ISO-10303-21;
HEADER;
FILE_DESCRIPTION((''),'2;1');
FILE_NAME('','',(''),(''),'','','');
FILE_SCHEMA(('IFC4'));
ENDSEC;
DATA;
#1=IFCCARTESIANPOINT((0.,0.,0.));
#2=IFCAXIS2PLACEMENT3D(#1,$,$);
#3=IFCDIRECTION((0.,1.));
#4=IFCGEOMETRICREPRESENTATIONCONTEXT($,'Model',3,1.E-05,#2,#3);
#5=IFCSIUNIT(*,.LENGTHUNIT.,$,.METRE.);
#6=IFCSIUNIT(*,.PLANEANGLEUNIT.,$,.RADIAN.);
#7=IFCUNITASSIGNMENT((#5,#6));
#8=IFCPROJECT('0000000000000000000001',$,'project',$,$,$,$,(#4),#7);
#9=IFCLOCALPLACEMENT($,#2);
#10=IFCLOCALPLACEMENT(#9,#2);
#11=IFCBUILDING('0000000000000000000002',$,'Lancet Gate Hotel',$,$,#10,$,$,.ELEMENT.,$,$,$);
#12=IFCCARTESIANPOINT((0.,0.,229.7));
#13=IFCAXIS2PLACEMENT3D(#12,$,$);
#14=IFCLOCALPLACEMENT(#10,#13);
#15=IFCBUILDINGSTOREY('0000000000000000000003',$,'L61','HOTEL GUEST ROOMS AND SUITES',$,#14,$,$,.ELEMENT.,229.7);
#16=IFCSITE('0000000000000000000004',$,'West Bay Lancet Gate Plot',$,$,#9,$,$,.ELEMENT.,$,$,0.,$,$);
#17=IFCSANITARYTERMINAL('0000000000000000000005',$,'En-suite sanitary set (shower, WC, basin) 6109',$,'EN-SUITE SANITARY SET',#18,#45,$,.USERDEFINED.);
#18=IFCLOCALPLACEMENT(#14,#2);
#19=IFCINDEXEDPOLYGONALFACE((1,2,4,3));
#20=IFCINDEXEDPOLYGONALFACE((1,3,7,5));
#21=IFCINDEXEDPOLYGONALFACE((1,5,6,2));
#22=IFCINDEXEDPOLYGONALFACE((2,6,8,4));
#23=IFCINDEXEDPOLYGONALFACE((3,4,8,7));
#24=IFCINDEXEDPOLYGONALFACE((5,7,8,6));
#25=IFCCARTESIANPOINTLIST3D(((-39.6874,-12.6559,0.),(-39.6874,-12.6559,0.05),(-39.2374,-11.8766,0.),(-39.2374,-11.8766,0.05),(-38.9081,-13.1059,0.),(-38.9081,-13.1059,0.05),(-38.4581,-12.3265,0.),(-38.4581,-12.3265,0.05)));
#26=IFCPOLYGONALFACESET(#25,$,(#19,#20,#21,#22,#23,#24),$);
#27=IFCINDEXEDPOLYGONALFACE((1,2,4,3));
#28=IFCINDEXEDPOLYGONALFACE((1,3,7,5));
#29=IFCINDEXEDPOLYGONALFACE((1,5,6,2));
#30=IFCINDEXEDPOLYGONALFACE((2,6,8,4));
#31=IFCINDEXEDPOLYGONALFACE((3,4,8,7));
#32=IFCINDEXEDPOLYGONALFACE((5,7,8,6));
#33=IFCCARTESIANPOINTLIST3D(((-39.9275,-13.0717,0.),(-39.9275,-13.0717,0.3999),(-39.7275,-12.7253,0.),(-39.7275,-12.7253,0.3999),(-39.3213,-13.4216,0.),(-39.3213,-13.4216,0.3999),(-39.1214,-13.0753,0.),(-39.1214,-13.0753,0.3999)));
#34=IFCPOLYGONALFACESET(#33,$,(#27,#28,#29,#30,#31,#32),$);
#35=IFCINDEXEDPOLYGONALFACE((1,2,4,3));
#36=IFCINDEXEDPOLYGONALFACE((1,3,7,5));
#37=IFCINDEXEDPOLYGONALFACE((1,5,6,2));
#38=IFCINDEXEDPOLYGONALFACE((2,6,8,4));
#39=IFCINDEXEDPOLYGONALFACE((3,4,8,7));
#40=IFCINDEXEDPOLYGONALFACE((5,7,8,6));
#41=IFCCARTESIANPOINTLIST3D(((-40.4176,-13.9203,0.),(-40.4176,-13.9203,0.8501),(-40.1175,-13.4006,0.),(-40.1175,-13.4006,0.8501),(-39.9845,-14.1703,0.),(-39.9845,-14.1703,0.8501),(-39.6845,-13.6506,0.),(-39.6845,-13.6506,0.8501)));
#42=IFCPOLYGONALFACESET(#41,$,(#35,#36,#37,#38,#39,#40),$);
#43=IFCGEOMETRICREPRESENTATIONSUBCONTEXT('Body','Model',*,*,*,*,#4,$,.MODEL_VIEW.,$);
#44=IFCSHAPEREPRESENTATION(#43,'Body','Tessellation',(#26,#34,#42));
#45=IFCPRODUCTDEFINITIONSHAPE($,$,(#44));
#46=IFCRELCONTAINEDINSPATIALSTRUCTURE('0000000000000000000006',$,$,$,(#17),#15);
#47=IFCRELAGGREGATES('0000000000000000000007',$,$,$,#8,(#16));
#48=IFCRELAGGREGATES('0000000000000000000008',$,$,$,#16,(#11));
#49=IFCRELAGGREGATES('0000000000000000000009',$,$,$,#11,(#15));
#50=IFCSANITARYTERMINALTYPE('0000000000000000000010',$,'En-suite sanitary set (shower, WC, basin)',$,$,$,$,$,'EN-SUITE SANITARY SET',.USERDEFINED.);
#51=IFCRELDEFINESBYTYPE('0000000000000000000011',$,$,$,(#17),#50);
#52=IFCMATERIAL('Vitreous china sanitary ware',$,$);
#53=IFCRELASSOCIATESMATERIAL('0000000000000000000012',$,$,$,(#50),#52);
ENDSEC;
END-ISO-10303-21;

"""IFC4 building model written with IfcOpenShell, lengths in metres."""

from ifc_helpers import new_model, si_unit, direction, frame, origin, origin_2d, place, context, subcontext, project, spatial, rectangle, extrude, material, type_object, element, save


model = new_model("IFC4")

# Units and contexts
model_context = context("Model", 3, precision=1e-05, world=origin(), true_north=direction((0.0, 1.0)))
body_context = subcontext(model_context, "Body", "Model", "MODEL_VIEW")
ifc_project = project(units=[si_unit("LENGTHUNIT", "METRE"), si_unit("PLANEANGLEUNIT", "RADIAN")], contexts=[model_context])

# Site, building, storey
site_placement = place(None, origin())
site = spatial("IfcSite", under=ifc_project, at=site_placement, Name="West Bay Lancet Gate Plot", CompositionType="ELEMENT", RefElevation=0.0)
building_placement = place(site_placement, origin())
building = spatial("IfcBuilding", under=site, at=building_placement, Name="Lancet Gate Hotel", CompositionType="ELEMENT")
storey_placement = place(building_placement, frame((0.0, 0.0, 229.7)))
storey = spatial("IfcBuildingStorey", under=building, at=storey_placement, Name="L61", Description="HOTEL GUEST ROOMS AND SUITES", CompositionType="ELEMENT", Elevation=229.7)

# Sanitary terminal
ifc_material_1 = material(Name="Vitreous china sanitary ware")
sanitary_terminal_type = type_object("IfcSanitaryTerminalType", Name="En-suite sanitary set (shower, WC, basin)", ElementType="EN-SUITE SANITARY SET", PredefinedType="USERDEFINED", material=ifc_material_1)
sanitary_terminal_placement = place(storey_placement, frame((-39.0728, -12.4912, 0.0), z_axis=(0.0, 0.0, 1.0), x_axis=(1.0, 0.0, 0.0)))
element("IfcSanitaryTerminal", 1, at=sanitary_terminal_placement, inside=storey, type_object=sanitary_terminal_type, Name="En-suite sanitary set (shower, WC, basin) 6109", ObjectType="EN-SUITE SANITARY SET", PredefinedType="USERDEFINED", context=body_context, shape_type="SweptSolid", body=[
    extrude(rectangle(XDim=0.8999, YDim=0.8999, at=origin_2d()), frame((0.0, 0.0, 0.0), z_axis=(0.0, 0.0, 1.0), x_axis=(0.5, 0.866025, 0.0)), (0.0, 0.0, 1.0), 0.05),
    extrude(rectangle(XDim=0.3999, YDim=0.7, at=origin_2d()), frame((-0.4517, -0.5823, 0.0), z_axis=(0.0, 0.0, 1.0), x_axis=(0.5, 0.866025, 0.0)), (0.0, 0.0, 1.0), 0.3999),
    extrude(rectangle(XDim=0.6001, YDim=0.5, at=origin_2d()), frame((-0.9783, -1.2942, 0.0), z_axis=(0.0, 0.0, 1.0), x_axis=(0.5, 0.866025, 0.0)), (0.0, 0.0, 1.0), 0.8501),
])

save(model, "model.ifc")
